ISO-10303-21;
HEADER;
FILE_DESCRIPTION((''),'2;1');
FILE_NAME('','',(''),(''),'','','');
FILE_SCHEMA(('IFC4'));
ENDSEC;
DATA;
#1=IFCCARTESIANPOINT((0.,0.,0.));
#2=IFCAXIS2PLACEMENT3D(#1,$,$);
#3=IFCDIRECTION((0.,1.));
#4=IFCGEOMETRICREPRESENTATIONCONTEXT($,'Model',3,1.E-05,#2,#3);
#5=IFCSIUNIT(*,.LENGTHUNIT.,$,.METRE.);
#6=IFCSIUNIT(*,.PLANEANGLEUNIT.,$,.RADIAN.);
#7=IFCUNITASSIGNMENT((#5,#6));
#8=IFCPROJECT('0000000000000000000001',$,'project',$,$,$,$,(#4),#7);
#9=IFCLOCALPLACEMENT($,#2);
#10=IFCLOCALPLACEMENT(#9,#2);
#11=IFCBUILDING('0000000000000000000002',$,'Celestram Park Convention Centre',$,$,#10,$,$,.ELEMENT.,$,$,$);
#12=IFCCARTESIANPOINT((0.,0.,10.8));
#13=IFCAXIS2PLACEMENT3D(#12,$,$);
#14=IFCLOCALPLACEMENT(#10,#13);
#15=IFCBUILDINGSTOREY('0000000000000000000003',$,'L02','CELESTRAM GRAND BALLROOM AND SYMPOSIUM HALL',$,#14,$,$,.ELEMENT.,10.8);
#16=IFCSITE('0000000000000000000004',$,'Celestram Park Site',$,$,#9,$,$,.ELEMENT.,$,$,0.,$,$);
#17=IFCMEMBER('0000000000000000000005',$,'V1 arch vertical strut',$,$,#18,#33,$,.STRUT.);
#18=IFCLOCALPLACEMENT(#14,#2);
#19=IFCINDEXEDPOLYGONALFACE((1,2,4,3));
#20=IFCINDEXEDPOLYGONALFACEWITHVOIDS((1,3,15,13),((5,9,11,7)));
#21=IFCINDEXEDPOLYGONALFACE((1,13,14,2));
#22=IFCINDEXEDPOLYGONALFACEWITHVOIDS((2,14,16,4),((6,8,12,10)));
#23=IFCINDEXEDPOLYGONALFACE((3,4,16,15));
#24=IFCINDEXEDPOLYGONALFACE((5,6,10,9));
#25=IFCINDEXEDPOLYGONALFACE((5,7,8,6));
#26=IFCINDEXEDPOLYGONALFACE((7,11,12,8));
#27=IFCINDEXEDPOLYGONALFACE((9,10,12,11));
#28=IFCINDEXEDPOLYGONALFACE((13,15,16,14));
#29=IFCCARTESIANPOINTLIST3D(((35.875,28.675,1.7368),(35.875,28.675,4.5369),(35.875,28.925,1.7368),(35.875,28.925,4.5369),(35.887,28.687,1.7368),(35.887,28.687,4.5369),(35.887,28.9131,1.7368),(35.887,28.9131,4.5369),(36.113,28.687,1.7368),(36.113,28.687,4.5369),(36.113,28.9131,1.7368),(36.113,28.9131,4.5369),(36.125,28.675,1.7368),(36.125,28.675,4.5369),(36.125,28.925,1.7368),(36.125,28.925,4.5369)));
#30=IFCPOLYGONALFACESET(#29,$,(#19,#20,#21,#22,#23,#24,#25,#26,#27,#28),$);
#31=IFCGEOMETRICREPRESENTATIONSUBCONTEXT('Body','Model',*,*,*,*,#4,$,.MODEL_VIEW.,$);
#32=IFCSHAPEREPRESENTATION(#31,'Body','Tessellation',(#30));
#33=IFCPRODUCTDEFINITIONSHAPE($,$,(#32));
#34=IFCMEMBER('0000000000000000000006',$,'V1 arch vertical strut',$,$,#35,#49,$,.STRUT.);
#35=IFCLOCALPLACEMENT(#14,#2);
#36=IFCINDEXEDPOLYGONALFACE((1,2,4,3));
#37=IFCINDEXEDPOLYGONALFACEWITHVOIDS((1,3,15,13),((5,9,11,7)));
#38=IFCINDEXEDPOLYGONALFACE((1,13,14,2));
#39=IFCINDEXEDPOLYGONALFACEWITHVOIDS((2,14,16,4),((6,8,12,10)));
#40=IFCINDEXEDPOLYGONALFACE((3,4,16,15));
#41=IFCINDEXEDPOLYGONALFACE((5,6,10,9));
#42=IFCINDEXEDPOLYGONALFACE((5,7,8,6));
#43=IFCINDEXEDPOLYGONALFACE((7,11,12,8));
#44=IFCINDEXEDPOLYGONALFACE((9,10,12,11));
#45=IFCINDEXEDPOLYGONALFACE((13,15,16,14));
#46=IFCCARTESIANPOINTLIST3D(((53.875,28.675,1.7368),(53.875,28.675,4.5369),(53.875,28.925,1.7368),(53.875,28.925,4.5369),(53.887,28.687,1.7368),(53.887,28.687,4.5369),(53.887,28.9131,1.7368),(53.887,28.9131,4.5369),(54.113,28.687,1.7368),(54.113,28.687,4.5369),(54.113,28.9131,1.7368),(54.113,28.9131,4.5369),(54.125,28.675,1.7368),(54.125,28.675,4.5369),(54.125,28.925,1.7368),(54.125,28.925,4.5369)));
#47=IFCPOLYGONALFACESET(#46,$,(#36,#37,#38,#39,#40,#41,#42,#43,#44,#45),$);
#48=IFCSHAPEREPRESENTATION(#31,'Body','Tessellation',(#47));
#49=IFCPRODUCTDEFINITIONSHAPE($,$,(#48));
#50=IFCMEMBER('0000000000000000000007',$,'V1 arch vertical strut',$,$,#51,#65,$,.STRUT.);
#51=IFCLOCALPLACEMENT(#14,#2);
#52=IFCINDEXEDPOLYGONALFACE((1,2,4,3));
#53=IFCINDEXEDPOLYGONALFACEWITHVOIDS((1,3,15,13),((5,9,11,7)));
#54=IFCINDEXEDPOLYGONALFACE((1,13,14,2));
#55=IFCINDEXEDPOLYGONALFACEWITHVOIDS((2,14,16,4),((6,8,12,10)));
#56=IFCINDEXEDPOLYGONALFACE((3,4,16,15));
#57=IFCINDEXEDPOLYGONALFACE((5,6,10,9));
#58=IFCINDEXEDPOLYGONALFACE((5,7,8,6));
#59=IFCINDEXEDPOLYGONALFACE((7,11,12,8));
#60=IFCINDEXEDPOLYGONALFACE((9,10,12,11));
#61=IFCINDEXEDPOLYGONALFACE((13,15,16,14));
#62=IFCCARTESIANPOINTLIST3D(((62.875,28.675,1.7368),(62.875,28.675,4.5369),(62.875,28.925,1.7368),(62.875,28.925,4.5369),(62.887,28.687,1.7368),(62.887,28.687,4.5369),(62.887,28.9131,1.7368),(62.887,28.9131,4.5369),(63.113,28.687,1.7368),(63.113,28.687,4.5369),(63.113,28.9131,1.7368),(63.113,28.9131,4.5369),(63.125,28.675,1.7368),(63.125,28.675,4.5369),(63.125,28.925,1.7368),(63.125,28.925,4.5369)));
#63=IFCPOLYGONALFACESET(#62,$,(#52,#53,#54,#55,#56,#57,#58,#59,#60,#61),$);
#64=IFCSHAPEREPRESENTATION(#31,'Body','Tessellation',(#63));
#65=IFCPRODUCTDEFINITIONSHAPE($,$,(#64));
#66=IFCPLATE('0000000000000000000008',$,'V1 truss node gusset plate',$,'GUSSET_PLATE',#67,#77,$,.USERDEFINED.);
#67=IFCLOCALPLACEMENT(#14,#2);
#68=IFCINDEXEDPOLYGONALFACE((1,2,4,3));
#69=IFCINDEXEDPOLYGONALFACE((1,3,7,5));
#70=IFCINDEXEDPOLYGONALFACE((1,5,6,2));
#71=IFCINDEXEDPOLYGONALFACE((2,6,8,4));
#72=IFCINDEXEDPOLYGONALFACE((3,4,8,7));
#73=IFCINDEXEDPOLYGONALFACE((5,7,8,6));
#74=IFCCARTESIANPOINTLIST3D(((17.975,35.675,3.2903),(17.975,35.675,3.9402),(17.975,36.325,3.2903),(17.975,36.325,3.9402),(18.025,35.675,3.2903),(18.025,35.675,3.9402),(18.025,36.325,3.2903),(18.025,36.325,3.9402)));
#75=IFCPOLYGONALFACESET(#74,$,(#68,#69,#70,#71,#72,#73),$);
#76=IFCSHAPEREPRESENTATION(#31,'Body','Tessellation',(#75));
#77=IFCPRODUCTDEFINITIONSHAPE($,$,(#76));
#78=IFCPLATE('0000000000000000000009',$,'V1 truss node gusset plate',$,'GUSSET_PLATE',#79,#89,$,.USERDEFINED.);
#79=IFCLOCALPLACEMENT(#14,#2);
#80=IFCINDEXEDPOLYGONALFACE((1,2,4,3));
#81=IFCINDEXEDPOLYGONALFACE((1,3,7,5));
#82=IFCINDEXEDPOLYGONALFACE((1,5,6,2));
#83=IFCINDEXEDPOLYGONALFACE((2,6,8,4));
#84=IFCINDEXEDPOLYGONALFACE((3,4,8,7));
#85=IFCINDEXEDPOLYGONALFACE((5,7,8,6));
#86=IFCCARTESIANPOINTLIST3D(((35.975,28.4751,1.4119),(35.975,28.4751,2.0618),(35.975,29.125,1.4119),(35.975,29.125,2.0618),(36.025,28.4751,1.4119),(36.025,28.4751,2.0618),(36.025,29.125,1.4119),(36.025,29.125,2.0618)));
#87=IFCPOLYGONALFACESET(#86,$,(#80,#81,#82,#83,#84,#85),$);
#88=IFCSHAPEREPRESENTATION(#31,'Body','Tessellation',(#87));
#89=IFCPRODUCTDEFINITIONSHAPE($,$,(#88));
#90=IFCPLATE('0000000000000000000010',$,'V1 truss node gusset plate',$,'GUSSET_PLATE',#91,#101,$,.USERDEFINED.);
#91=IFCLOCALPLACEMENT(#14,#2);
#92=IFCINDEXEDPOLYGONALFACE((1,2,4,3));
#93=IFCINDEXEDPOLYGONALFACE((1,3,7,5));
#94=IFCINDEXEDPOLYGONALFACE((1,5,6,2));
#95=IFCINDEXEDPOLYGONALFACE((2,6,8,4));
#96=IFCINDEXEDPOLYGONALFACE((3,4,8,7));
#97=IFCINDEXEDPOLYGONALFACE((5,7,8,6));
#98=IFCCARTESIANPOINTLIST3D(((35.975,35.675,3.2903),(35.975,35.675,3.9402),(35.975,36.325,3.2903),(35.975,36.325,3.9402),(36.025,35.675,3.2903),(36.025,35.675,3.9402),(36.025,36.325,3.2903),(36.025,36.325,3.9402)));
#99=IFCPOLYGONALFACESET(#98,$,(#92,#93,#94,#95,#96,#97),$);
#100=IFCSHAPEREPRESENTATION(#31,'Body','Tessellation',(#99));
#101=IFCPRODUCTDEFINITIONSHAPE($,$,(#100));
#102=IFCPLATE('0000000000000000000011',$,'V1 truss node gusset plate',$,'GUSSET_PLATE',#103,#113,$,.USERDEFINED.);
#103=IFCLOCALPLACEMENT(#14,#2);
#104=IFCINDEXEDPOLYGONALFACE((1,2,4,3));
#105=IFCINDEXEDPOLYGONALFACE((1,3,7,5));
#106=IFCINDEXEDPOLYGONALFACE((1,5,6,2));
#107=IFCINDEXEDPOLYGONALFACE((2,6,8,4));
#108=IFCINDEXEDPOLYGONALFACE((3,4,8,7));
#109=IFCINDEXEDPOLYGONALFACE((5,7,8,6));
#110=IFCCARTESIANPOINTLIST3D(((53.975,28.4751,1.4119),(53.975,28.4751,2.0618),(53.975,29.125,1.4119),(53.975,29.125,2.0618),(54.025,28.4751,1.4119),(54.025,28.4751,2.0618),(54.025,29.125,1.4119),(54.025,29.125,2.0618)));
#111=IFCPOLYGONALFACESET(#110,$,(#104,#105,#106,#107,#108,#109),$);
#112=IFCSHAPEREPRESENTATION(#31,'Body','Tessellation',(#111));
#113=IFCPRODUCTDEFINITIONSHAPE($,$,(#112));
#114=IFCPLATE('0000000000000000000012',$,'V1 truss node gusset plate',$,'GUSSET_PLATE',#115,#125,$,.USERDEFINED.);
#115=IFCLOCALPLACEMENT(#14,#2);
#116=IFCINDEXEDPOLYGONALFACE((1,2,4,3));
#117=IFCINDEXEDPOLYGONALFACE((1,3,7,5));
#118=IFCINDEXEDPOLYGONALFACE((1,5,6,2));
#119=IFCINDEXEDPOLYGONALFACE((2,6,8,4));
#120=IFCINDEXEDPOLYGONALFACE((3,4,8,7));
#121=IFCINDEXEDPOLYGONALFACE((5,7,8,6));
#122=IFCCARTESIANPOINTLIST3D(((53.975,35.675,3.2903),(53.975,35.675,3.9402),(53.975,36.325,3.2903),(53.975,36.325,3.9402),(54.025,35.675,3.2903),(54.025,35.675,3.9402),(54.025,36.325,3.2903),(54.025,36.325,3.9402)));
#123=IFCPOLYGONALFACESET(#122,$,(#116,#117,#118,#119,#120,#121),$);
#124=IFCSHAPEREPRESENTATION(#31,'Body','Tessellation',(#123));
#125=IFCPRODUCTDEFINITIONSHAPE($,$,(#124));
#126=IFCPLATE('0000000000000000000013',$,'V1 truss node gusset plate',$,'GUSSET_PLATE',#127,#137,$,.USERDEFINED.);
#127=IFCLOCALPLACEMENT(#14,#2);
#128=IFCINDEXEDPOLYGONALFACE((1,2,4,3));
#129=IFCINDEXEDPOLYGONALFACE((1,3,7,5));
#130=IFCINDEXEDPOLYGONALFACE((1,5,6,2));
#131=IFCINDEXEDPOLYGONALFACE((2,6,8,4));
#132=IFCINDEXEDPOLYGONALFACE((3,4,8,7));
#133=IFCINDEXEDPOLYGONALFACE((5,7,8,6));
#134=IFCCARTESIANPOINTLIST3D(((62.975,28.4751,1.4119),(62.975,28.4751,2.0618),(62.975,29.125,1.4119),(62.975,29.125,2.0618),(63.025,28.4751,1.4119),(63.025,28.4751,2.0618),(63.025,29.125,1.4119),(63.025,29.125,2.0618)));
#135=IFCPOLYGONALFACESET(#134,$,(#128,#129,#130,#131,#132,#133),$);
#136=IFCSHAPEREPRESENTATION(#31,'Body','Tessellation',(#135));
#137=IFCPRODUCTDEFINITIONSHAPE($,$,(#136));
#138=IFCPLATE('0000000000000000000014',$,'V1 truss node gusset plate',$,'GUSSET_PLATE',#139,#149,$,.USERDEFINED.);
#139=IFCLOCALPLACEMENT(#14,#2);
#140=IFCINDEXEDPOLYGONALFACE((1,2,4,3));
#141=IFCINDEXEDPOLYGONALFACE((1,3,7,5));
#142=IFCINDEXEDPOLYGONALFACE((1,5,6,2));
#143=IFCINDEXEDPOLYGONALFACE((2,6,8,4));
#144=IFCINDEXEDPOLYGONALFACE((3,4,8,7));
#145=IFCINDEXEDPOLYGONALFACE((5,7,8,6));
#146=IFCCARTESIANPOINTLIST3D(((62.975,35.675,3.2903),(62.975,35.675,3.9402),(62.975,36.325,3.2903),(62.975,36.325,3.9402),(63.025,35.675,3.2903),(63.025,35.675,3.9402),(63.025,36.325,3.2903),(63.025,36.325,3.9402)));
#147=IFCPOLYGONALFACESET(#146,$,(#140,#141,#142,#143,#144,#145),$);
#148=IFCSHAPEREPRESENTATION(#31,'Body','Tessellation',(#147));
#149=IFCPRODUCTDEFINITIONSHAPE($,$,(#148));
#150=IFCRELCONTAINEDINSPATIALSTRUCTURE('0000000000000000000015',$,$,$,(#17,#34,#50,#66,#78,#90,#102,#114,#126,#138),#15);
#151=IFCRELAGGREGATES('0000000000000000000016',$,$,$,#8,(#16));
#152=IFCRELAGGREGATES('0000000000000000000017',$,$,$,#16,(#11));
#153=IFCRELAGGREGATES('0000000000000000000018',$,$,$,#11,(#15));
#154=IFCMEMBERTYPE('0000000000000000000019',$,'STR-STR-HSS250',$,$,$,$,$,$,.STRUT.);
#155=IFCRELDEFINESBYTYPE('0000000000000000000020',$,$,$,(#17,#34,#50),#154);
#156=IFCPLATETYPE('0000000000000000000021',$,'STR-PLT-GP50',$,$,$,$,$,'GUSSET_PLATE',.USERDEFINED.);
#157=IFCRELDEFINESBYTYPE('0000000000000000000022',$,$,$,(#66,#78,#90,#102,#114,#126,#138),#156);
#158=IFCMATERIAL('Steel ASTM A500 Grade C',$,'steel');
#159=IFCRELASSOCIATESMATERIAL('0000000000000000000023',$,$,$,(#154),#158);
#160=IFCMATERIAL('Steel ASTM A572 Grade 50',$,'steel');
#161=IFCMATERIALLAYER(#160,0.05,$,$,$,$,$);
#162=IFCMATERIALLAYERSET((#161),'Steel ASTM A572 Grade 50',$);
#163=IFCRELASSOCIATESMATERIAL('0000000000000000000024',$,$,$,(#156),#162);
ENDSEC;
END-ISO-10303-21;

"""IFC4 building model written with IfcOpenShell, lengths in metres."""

from ifc_helpers import new_model, si_unit, direction, frame, origin, origin_2d, place, context, subcontext, project, spatial, rectangle, hollow_rectangle, extrude, material, layer, layer_set, material_profile, profile_set, type_object, element, save


model = new_model("IFC4")

# Units and contexts
model_context = context("Model", 3, precision=1e-05, world=origin(), true_north=direction((0.0, 1.0)))
body_context = subcontext(model_context, "Body", "Model", "MODEL_VIEW")
ifc_project = project(units=[si_unit("LENGTHUNIT", "METRE"), si_unit("PLANEANGLEUNIT", "RADIAN")], contexts=[model_context])

# Site, building, storey
site_placement = place(None, origin())
site = spatial("IfcSite", under=ifc_project, at=site_placement, Name="Celestram Park Site", CompositionType="ELEMENT", RefElevation=0.0)
building_placement = place(site_placement, origin())
building = spatial("IfcBuilding", under=site, at=building_placement, Name="Celestram Park Convention Centre", CompositionType="ELEMENT")
storey_placement = place(building_placement, frame((0.0, 0.0, 10.8)))
storey = spatial("IfcBuildingStorey", under=building, at=storey_placement, Name="L02", Description="CELESTRAM GRAND BALLROOM AND SYMPOSIUM HALL", CompositionType="ELEMENT", Elevation=10.8)

# Shared definitions
ifc_material_1 = material(Name="Steel ASTM A500 Grade C", Category="steel")

# Members
ifc_material_profile_1 = material_profile(ifc_material_1, hollow_rectangle(XDim=0.25, YDim=0.25, WallThickness=0.012, at=origin_2d()), Name="HSS250X250X12")
ifc_profile_set_1 = profile_set([ifc_material_profile_1], Name="Steel ASTM A500 Grade C")
member_type_1 = type_object("IfcMemberType", Name="STR-STR-HSS250", PredefinedType="STRUT", material=ifc_profile_set_1)
for number, where, z_axis, x_axis, name in (
    (1, (36.0, 28.8, 1.7368), (0.0, 0.0, 1.0), (1.0, 0.0, 0.0), "V1 arch vertical strut"),
    (2, (54.0, 28.8, 1.7368), (0.0, 0.0, 1.0), (1.0, 0.0, 0.0), "V1 arch vertical strut"),
    (3, (63.0, 28.8, 1.7368), (0.0, 0.0, 1.0), (1.0, 0.0, 0.0), "V1 arch vertical strut"),
):
    element("IfcMember", number, at=place(storey_placement, frame(where, z_axis=z_axis, x_axis=x_axis)), inside=storey, type_object=member_type_1, Name=name, PredefinedType="STRUT", context=body_context, shape_type="SweptSolid", body=[
        extrude(hollow_rectangle(XDim=0.25, YDim=0.25, WallThickness=0.012, at=origin_2d()), origin(), (0.0, 0.0, 1.0), 2.8),
    ])

# Plates
ifc_material_2 = material(Name="Steel ASTM A572 Grade 50", Category="steel")
ifc_layer = layer(ifc_material_2, 0.05)
ifc_layer_set = layer_set([ifc_layer], Name="Steel ASTM A572 Grade 50")
plate_type = type_object("IfcPlateType", Name="STR-PLT-GP50", ElementType="GUSSET_PLATE", PredefinedType="USERDEFINED", material=ifc_layer_set)
for number, where, z_axis, x_axis, name in (
    (4, (18.0, 36.0, 3.2903), (0.0, 0.0, 1.0), (0.0, 1.0, 0.0), "V1 truss node gusset plate"),
    (5, (36.0, 28.8, 1.4119), (0.0, 0.0, 1.0), (0.0, 1.0, 0.0), "V1 truss node gusset plate"),
    (6, (36.0, 36.0, 3.2903), (0.0, 0.0, 1.0), (0.0, 1.0, 0.0), "V1 truss node gusset plate"),
    (7, (54.0, 28.8, 1.4119), (0.0, 0.0, 1.0), (0.0, 1.0, 0.0), "V1 truss node gusset plate"),
    (8, (54.0, 36.0, 3.2903), (0.0, 0.0, 1.0), (0.0, 1.0, 0.0), "V1 truss node gusset plate"),
    (9, (63.0, 28.8, 1.4119), (0.0, 0.0, 1.0), (0.0, 1.0, 0.0), "V1 truss node gusset plate"),
    (10, (63.0, 36.0, 3.2903), (0.0, 0.0, 1.0), (0.0, 1.0, 0.0), "V1 truss node gusset plate"),
):
    element("IfcPlate", number, at=place(storey_placement, frame(where, z_axis=z_axis, x_axis=x_axis)), inside=storey, type_object=plate_type, Name=name, ObjectType="GUSSET_PLATE", PredefinedType="USERDEFINED", context=body_context, shape_type="SweptSolid", body=[
        extrude(rectangle(XDim=0.6499, YDim=0.05, at=origin_2d()), origin(), (0.0, 0.0, 1.0), 0.6499),
    ])

save(model, "model.ifc")
